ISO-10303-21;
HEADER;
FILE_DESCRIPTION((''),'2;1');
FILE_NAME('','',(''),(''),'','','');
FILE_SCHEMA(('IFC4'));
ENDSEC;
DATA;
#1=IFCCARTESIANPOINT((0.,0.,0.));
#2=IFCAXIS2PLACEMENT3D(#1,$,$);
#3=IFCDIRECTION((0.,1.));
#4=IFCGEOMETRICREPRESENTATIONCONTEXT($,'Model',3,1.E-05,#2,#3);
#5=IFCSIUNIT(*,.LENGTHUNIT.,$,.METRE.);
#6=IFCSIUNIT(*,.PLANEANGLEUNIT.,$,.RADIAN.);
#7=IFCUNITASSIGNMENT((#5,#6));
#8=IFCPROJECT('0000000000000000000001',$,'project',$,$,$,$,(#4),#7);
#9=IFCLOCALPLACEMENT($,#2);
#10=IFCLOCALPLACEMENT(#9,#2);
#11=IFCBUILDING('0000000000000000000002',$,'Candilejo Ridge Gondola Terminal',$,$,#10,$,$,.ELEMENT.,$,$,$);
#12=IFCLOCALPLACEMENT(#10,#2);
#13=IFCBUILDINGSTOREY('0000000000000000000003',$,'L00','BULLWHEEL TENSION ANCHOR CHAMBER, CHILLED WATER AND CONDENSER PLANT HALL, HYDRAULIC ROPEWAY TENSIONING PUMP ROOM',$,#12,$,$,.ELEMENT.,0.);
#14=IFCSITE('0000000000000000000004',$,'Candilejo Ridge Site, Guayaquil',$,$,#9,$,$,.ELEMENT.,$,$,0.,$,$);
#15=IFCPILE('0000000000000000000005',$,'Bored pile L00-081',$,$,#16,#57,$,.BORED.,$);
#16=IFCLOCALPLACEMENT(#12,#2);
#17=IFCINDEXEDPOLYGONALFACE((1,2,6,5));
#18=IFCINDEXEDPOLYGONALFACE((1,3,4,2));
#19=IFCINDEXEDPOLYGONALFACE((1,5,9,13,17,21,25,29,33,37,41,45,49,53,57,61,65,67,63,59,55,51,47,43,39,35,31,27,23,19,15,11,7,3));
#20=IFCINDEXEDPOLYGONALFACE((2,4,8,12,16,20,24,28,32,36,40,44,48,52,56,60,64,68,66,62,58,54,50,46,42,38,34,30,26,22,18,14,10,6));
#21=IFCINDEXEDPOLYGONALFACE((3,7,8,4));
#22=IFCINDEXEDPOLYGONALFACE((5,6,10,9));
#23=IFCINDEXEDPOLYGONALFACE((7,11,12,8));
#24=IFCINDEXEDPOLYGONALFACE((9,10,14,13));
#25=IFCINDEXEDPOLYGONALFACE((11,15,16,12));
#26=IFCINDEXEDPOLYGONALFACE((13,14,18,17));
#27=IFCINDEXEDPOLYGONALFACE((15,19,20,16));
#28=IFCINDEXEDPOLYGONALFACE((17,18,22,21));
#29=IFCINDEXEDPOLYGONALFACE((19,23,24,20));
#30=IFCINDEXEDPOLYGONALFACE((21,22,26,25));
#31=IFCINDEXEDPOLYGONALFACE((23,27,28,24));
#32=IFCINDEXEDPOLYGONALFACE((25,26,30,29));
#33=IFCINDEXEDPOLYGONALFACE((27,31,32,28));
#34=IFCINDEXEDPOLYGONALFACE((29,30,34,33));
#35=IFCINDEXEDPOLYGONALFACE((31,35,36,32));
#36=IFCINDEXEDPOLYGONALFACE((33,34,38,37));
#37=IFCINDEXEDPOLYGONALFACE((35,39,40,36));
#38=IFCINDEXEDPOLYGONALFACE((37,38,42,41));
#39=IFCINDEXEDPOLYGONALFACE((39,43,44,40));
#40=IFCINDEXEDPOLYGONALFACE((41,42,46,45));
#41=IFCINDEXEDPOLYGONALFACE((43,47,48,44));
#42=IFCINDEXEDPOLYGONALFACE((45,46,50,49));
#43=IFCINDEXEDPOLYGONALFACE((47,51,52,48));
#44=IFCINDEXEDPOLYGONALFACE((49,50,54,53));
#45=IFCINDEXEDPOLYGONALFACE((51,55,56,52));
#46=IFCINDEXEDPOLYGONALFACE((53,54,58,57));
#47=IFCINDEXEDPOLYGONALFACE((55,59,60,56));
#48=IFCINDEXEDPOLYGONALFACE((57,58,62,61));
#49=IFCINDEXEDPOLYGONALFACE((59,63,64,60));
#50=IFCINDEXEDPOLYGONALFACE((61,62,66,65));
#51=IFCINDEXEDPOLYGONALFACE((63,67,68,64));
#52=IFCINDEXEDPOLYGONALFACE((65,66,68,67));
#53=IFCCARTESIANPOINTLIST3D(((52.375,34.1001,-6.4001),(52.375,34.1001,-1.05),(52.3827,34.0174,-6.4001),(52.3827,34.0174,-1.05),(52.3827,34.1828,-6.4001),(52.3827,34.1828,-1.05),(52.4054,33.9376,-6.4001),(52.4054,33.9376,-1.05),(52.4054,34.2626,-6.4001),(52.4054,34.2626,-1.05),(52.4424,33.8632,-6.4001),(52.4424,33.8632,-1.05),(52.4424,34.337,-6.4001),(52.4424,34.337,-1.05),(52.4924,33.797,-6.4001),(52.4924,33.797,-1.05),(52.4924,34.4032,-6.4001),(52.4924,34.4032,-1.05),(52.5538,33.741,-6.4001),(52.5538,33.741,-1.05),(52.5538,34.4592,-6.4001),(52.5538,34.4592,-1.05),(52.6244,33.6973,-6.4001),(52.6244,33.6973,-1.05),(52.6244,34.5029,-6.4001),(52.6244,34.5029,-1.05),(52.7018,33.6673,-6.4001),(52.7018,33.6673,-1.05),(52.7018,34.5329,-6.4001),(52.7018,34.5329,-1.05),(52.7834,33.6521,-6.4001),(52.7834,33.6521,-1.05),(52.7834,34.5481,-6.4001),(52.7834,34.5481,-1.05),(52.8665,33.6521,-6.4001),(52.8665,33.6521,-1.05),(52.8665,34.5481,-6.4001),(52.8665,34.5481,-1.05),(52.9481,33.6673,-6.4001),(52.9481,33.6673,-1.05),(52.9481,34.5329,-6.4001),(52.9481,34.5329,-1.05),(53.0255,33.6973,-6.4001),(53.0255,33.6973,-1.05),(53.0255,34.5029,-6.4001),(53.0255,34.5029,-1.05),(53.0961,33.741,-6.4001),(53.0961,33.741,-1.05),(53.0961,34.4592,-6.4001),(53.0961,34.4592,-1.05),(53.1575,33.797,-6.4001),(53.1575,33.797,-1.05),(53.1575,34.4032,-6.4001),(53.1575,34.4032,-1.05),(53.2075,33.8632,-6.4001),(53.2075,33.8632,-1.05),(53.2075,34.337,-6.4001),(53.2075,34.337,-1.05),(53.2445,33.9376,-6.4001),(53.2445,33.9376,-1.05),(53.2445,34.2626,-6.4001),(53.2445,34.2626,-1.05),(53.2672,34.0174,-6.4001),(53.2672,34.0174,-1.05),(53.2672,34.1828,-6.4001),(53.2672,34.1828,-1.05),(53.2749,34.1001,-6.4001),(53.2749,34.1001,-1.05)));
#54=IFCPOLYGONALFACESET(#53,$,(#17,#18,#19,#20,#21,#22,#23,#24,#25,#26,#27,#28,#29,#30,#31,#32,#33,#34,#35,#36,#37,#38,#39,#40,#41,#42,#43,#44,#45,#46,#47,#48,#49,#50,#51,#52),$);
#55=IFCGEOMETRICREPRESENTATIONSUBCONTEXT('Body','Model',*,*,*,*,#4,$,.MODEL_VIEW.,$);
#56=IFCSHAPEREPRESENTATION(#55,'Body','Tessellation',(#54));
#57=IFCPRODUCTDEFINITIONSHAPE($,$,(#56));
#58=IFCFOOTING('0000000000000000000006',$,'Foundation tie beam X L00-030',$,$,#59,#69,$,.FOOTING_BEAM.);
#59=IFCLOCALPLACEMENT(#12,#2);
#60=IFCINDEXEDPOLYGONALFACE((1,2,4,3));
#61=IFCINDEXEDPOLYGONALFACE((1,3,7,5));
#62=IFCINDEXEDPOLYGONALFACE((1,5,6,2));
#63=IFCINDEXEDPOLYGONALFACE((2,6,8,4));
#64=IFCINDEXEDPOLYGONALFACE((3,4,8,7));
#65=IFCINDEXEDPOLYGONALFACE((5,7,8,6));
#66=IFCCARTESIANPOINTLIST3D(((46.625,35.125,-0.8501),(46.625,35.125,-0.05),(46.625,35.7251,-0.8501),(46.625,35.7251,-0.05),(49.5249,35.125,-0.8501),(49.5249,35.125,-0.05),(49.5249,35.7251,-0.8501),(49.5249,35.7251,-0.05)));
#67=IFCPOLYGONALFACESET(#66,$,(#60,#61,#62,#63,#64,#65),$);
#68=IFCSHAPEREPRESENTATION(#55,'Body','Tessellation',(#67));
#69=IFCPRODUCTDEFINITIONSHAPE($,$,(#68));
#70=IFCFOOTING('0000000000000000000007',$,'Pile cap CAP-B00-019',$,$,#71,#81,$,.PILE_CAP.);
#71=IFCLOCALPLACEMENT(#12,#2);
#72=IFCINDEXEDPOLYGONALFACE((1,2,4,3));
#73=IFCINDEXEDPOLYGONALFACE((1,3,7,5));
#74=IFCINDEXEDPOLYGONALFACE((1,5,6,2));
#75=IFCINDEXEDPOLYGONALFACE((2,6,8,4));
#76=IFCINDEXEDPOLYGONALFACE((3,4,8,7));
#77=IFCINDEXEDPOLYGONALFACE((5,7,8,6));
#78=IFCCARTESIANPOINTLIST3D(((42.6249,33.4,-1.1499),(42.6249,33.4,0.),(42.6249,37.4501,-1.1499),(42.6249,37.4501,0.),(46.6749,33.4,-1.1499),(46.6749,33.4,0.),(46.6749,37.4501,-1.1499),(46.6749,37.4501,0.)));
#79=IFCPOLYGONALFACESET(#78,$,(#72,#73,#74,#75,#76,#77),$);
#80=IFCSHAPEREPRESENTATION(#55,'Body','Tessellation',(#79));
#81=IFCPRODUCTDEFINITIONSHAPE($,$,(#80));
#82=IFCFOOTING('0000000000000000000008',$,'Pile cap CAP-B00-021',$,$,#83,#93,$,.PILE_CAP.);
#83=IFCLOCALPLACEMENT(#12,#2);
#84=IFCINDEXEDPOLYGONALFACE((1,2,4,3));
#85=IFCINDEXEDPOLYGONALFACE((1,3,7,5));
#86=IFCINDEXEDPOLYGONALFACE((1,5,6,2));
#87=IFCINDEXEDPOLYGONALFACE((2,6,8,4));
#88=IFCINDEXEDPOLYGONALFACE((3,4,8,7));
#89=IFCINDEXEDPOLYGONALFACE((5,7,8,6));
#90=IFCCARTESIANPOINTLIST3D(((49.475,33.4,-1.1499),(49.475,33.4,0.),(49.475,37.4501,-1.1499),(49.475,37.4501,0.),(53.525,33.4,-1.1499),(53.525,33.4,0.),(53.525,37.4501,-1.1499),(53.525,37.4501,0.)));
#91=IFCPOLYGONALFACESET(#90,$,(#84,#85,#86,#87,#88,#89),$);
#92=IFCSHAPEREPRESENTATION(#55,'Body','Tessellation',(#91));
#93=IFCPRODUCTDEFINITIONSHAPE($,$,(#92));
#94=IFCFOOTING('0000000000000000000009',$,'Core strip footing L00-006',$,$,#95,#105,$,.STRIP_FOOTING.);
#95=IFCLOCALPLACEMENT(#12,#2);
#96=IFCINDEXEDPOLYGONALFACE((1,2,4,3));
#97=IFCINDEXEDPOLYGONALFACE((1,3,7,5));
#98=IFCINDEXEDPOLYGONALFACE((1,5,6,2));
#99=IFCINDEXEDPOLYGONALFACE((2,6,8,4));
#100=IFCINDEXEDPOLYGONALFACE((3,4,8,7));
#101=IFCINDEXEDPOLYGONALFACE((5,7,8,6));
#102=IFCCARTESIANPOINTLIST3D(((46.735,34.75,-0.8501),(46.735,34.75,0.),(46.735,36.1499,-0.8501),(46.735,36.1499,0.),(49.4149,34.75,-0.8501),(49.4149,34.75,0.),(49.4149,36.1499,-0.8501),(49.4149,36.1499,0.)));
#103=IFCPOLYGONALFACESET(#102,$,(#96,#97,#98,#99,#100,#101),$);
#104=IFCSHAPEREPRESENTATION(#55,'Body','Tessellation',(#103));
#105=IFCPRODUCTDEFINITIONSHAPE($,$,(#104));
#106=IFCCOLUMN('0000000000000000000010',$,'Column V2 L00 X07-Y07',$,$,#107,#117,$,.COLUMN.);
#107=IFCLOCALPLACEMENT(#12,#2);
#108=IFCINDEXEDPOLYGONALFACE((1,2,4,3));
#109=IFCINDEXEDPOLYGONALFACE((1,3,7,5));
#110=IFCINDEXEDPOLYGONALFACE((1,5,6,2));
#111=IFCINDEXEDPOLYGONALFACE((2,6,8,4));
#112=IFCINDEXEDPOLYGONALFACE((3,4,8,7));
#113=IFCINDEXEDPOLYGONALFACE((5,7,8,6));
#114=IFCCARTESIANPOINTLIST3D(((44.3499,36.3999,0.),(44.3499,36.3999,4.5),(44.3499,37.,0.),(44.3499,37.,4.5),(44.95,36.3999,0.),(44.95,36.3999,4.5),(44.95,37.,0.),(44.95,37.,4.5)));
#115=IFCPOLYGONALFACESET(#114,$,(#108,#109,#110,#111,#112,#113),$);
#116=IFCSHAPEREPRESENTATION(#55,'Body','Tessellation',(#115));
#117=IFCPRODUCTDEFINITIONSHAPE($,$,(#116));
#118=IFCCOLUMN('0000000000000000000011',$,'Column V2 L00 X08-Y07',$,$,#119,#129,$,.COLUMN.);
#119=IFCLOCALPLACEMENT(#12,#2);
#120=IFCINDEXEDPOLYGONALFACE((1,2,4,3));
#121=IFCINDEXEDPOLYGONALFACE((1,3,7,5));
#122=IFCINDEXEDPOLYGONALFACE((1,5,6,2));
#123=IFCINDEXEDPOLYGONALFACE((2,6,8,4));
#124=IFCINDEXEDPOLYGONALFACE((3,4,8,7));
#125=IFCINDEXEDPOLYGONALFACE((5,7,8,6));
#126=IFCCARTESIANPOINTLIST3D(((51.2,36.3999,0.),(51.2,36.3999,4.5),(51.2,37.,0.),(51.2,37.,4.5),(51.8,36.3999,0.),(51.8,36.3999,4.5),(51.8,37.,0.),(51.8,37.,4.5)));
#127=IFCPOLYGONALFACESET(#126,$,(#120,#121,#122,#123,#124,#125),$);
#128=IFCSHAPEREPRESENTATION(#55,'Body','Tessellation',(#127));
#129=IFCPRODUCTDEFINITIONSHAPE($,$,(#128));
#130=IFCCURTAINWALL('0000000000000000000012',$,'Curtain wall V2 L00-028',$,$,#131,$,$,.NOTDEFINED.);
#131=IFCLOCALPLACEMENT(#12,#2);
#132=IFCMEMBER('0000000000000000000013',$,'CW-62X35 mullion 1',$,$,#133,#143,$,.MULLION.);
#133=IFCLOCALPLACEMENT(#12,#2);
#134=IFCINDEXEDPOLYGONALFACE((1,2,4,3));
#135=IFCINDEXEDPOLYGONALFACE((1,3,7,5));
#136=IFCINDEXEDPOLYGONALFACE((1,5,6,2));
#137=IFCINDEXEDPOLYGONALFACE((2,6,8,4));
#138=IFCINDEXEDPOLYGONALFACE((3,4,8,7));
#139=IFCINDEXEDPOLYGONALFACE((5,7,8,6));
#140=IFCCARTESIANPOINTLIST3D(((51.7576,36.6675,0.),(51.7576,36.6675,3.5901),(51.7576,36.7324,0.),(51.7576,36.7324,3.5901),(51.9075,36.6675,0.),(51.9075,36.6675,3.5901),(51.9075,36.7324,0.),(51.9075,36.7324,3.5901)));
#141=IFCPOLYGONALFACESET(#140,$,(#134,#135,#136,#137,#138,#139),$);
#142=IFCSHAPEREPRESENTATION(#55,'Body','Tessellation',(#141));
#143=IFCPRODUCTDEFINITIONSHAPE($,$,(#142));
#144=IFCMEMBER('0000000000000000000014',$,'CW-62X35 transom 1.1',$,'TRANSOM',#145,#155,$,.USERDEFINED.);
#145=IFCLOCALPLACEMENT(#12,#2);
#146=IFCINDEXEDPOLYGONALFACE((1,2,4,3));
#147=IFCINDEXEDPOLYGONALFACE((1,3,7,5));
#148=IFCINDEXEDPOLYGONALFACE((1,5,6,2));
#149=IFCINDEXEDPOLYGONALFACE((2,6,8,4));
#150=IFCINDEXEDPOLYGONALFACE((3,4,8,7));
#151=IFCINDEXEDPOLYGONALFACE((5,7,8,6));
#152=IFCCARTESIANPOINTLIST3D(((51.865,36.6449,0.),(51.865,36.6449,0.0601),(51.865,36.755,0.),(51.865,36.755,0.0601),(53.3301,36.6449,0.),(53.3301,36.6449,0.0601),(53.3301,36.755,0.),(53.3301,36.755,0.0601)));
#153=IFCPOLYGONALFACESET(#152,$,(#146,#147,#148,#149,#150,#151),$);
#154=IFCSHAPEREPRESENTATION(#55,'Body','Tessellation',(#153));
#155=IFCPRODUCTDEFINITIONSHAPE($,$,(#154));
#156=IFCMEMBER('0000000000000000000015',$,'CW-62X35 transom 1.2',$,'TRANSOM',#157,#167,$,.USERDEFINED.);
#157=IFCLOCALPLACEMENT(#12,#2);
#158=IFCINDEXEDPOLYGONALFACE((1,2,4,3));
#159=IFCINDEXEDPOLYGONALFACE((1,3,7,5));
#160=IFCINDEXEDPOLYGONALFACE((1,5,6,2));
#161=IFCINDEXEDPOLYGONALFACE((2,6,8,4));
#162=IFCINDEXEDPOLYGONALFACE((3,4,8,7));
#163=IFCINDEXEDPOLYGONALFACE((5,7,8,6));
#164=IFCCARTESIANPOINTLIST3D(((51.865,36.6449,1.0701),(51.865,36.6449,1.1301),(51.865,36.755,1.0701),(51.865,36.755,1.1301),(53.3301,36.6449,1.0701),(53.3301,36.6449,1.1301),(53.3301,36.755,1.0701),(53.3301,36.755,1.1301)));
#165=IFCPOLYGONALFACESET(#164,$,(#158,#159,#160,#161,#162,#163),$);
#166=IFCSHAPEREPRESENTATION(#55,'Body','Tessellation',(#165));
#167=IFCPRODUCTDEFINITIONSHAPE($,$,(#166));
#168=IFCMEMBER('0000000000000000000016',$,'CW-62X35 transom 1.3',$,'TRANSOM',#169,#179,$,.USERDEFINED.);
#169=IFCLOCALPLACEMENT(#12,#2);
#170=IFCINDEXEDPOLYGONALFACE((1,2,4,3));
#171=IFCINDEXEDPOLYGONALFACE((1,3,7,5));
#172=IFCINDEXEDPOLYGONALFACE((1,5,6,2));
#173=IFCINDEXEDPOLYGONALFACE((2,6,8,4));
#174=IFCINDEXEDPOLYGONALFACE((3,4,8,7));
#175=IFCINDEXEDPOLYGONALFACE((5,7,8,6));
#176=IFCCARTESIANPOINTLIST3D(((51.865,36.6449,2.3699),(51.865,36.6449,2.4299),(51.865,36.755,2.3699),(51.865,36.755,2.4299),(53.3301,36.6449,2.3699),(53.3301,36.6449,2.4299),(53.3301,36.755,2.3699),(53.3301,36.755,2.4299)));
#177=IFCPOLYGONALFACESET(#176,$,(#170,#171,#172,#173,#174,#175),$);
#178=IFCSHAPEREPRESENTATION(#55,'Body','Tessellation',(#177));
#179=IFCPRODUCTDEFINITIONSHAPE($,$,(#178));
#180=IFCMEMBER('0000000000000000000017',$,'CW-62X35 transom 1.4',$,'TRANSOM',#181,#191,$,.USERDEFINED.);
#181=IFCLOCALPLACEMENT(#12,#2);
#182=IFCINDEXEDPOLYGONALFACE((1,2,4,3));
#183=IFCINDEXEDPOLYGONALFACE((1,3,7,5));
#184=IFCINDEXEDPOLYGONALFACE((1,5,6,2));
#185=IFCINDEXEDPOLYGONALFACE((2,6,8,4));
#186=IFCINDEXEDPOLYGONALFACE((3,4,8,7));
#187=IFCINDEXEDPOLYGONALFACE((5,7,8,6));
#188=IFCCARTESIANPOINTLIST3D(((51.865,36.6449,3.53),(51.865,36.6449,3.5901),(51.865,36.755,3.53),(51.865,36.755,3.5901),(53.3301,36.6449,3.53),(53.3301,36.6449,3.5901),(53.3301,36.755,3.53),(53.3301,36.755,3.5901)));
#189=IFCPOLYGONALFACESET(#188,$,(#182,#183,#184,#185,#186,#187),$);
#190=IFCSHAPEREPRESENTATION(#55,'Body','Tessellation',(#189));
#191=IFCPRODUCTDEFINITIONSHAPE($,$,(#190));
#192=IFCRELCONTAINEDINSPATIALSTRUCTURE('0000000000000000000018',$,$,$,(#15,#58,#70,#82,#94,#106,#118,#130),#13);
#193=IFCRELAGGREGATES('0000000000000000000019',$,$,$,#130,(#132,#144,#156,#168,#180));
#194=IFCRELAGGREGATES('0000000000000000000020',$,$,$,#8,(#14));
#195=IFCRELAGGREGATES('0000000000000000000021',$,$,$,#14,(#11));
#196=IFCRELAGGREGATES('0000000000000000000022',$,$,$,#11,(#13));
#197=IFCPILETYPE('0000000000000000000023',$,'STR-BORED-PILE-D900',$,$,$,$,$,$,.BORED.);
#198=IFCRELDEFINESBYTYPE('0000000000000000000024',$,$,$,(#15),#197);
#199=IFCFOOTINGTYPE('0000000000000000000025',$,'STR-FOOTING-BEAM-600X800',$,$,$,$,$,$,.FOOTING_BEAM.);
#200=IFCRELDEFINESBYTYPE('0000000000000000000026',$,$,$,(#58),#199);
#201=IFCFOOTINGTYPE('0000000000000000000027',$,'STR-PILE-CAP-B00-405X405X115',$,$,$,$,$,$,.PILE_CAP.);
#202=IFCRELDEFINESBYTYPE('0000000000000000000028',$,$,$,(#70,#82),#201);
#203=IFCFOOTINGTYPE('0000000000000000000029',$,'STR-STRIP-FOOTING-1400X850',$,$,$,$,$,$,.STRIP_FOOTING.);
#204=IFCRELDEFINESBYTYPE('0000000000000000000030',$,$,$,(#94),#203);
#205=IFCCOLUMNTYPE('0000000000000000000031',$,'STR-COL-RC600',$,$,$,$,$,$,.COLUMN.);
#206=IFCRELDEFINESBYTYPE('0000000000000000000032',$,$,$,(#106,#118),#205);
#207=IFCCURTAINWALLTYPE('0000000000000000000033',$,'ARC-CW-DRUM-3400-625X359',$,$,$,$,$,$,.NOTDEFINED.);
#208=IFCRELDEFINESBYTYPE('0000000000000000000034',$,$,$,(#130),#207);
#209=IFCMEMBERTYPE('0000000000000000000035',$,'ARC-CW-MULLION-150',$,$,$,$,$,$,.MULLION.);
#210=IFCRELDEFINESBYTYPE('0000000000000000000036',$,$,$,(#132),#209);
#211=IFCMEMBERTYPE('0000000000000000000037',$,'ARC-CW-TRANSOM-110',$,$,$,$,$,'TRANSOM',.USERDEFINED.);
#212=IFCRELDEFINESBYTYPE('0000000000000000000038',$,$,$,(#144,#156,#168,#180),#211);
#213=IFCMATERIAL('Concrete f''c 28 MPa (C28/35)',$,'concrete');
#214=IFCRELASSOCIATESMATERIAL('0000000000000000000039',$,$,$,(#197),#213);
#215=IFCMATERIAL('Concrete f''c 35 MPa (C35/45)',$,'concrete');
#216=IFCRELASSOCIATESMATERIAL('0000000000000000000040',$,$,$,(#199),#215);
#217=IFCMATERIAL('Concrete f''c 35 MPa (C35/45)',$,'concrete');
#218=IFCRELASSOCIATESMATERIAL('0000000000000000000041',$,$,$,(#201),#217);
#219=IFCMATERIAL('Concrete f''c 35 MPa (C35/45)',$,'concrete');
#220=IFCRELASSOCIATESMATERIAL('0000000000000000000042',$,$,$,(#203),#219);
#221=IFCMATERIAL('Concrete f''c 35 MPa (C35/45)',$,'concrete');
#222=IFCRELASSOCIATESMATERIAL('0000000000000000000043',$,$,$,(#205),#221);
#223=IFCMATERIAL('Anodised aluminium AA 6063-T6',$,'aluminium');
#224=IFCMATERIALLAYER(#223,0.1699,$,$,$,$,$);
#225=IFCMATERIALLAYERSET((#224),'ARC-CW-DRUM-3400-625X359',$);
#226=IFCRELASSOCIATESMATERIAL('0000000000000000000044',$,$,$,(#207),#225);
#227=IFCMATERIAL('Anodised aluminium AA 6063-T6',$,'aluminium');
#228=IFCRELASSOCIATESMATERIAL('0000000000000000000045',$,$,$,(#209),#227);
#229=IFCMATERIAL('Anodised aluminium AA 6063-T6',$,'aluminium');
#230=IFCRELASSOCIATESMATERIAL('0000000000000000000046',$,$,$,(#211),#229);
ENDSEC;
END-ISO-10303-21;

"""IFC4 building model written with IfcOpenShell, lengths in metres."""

from ifc_helpers import new_model, si_unit, direction, frame, origin, origin_2d, place, context, subcontext, project, spatial, rectangle, circle, extrude, material, layer, layer_set, material_profile, profile_set, type_object, element, aggregate, save


model = new_model("IFC4")

# Units and contexts
model_context = context("Model", 3, precision=1e-05, world=origin(), true_north=direction((0.0, 1.0)))
body_context = subcontext(model_context, "Body", "Model", "MODEL_VIEW")
ifc_project = project(units=[si_unit("LENGTHUNIT", "METRE"), si_unit("PLANEANGLEUNIT", "RADIAN")], contexts=[model_context])

# Site, building, storey
site_placement = place(None, origin())
site = spatial("IfcSite", under=ifc_project, at=site_placement, Name="Candilejo Ridge Site, Guayaquil", CompositionType="ELEMENT", RefElevation=0.0)
building_placement = place(site_placement, origin())
building = spatial("IfcBuilding", under=site, at=building_placement, Name="Candilejo Ridge Gondola Terminal", CompositionType="ELEMENT")
storey_placement = place(building_placement, origin())
storey = spatial("IfcBuildingStorey", under=building, at=storey_placement, Name="L00", Description="BULLWHEEL TENSION ANCHOR CHAMBER, CHILLED WATER AND CONDENSER PLANT HALL, HYDRAULIC ROPEWAY TENSIONING PUMP ROOM", CompositionType="ELEMENT", Elevation=0.0)

# Pile
ifc_material_1 = material(Name="Concrete f'c 28 MPa (C28/35)", Category="concrete")
ifc_material_profile_1 = material_profile(ifc_material_1, circle(Radius=0.45, at=origin_2d()))
ifc_profile_set_1 = profile_set([ifc_material_profile_1], Name="Concrete f'c 28 MPa (C28/35)")
pile_type = type_object("IfcPileType", Name="STR-BORED-PILE-D900", PredefinedType="BORED", material=ifc_profile_set_1)
for number, where, z_axis, x_axis, name in (
    (1, (52.825, 34.1001, -1.05), (0.0, 0.0, -1.0), (1.0, 0.0, 0.0), "Bored pile L00-081"),
):
    element("IfcPile", number, at=place(storey_placement, frame(where, z_axis=z_axis, x_axis=x_axis)), inside=storey, type_object=pile_type, Name=name, PredefinedType="BORED", context=body_context, shape_type="SweptSolid", body=[
        extrude(circle(Radius=0.45, at=origin_2d()), origin(), (0.0, 0.0, 1.0), 5.3501),
    ])

# Footings
ifc_material_2 = material(Name="Concrete f'c 35 MPa (C35/45)", Category="concrete")
footing_type_1 = type_object("IfcFootingType", Name="STR-FOOTING-BEAM-600X800", PredefinedType="FOOTING_BEAM", material=ifc_material_2)
footing_1_placement = place(storey_placement, frame((48.075, 35.425, -0.8501), z_axis=(0.0, 0.0, 1.0), x_axis=(1.0, 0.0, 0.0)))
element("IfcFooting", 2, at=footing_1_placement, inside=storey, type_object=footing_type_1, Name="Foundation tie beam X L00-030", PredefinedType="FOOTING_BEAM", context=body_context, shape_type="SweptSolid", body=[
    extrude(rectangle(XDim=2.8999, YDim=0.6001, at=origin_2d()), origin(), (0.0, 0.0, 1.0), 0.8),
])
ifc_material_3 = material(Name="Concrete f'c 35 MPa (C35/45)", Category="concrete")
footing_type_2 = type_object("IfcFootingType", Name="STR-PILE-CAP-B00-405X405X115", PredefinedType="PILE_CAP", material=ifc_material_3)
for number, where, z_axis, x_axis, name in (
    (3, (44.6499, 35.425, -1.1499), (0.0, 0.0, 1.0), (1.0, 0.0, 0.0), "Pile cap CAP-B00-019"),
    (4, (51.5, 35.425, -1.1499), (0.0, 0.0, 1.0), (1.0, 0.0, 0.0), "Pile cap CAP-B00-021"),
):
    element("IfcFooting", number, at=place(storey_placement, frame(where, z_axis=z_axis, x_axis=x_axis)), inside=storey, type_object=footing_type_2, Name=name, PredefinedType="PILE_CAP", context=body_context, shape_type="SweptSolid", body=[
        extrude(rectangle(XDim=4.05, YDim=4.05, at=origin_2d()), origin(), (0.0, 0.0, 1.0), 1.1499),
    ])
ifc_material_4 = material(Name="Concrete f'c 35 MPa (C35/45)", Category="concrete")
footing_type_3 = type_object("IfcFootingType", Name="STR-STRIP-FOOTING-1400X850", PredefinedType="STRIP_FOOTING", material=ifc_material_4)
footing_2_placement = place(storey_placement, frame((48.075, 35.45, -0.8501), z_axis=(0.0, 0.0, 1.0), x_axis=(1.0, 0.0, 0.0)))
element("IfcFooting", 5, at=footing_2_placement, inside=storey, type_object=footing_type_3, Name="Core strip footing L00-006", PredefinedType="STRIP_FOOTING", context=body_context, shape_type="SweptSolid", body=[
    extrude(rectangle(XDim=2.6799, YDim=1.3999, at=origin_2d()), origin(), (0.0, 0.0, 1.0), 0.8501),
])

# Columns
ifc_material_5 = material(Name="Concrete f'c 35 MPa (C35/45)", Category="concrete")
ifc_material_profile_2 = material_profile(ifc_material_5, rectangle(XDim=0.6001, YDim=0.6001, at=origin_2d()))
ifc_profile_set_2 = profile_set([ifc_material_profile_2], Name="Concrete f'c 35 MPa (C35/45)")
column_type = type_object("IfcColumnType", Name="STR-COL-RC600", PredefinedType="COLUMN", material=ifc_profile_set_2)
for number, where, z_axis, x_axis, name in (
    (6, (44.6499, 36.7, 0.0), (0.0, 0.0, 1.0), (1.0, 0.0, 0.0), "Column V2 L00 X07-Y07"),
    (7, (51.5, 36.7, 0.0), (0.0, 0.0, 1.0), (1.0, 0.0, 0.0), "Column V2 L00 X08-Y07"),
):
    element("IfcColumn", number, at=place(storey_placement, frame(where, z_axis=z_axis, x_axis=x_axis)), inside=storey, type_object=column_type, Name=name, PredefinedType="COLUMN", context=body_context, shape_type="SweptSolid", body=[
        extrude(rectangle(XDim=0.6001, YDim=0.6001, at=origin_2d()), origin(), (0.0, 0.0, 1.0), 4.5),
    ])

# Curtain wall, members
ifc_material_6 = material(Name="Anodised aluminium AA 6063-T6", Category="aluminium")
ifc_layer_1 = layer(ifc_material_6, 0.1699)
ifc_layer_set_1 = layer_set([ifc_layer_1], Name="ARC-CW-DRUM-3400-625X359")
curtain_wall_type = type_object("IfcCurtainWallType", Name="ARC-CW-DRUM-3400-625X359", PredefinedType="NOTDEFINED", material=ifc_layer_set_1)
curtain_wall_placement = place(storey_placement, origin())
curtain_wall = element("IfcCurtainWall", 8, at=curtain_wall_placement, inside=storey, type_object=curtain_wall_type, Name="Curtain wall V2 L00-028", PredefinedType="NOTDEFINED")
ifc_material_7 = material(Name="Anodised aluminium AA 6063-T6", Category="aluminium")
ifc_material_profile_3 = material_profile(ifc_material_7, rectangle(XDim=0.0649, YDim=0.1499, at=origin_2d()))
ifc_profile_set_3 = profile_set([ifc_material_profile_3], Name="Anodised aluminium AA 6063-T6")
member_type_1 = type_object("IfcMemberType", Name="ARC-CW-MULLION-150", PredefinedType="MULLION", material=ifc_profile_set_3)
member_1_placement = place(storey_placement, frame((51.8325, 36.7, 0.0), z_axis=(0.0, 0.0, 1.0), x_axis=(0.0, 1.0, 0.0)))
member_1 = element("IfcMember", 9, at=member_1_placement, type_object=member_type_1, Name="CW-62X35 mullion 1", PredefinedType="MULLION", context=body_context, shape_type="SweptSolid", body=[
    extrude(rectangle(XDim=0.0649, YDim=0.1499, at=origin_2d()), origin(), (0.0, 0.0, 1.0), 3.5901),
])
ifc_material_8 = material(Name="Anodised aluminium AA 6063-T6", Category="aluminium")
ifc_material_profile_4 = material_profile(ifc_material_8, rectangle(XDim=0.1101, YDim=0.0601, at=origin_2d()))
ifc_profile_set_4 = profile_set([ifc_material_profile_4], Name="Anodised aluminium AA 6063-T6")
member_type_2 = type_object("IfcMemberType", Name="ARC-CW-TRANSOM-110", ElementType="TRANSOM", PredefinedType="USERDEFINED", material=ifc_profile_set_4)
member_2_placement = place(storey_placement, frame((51.865, 36.7, 0.03), z_axis=(1.0, 0.0, 0.0), x_axis=(0.0, 1.0, 0.0)))
member_2 = element("IfcMember", 10, at=member_2_placement, type_object=member_type_2, Name="CW-62X35 transom 1.1", ObjectType="TRANSOM", PredefinedType="USERDEFINED", context=body_context, shape_type="SweptSolid", body=[
    extrude(rectangle(XDim=0.1101, YDim=0.0601, at=origin_2d()), origin(), (0.0, 0.0, 1.0), 1.4651),
])
member_3_placement = place(storey_placement, frame((51.865, 36.7, 1.1001), z_axis=(1.0, 0.0, 0.0), x_axis=(0.0, 1.0, 0.0)))
member_3 = element("IfcMember", 11, at=member_3_placement, type_object=member_type_2, Name="CW-62X35 transom 1.2", ObjectType="TRANSOM", PredefinedType="USERDEFINED", context=body_context, shape_type="SweptSolid", body=[
    extrude(rectangle(XDim=0.1101, YDim=0.0601, at=origin_2d()), origin(), (0.0, 0.0, 1.0), 1.4651),
])
member_4_placement = place(storey_placement, frame((51.865, 36.7, 2.3999), z_axis=(1.0, 0.0, 0.0), x_axis=(0.0, 1.0, 0.0)))
member_4 = element("IfcMember", 12, at=member_4_placement, type_object=member_type_2, Name="CW-62X35 transom 1.3", ObjectType="TRANSOM", PredefinedType="USERDEFINED", context=body_context, shape_type="SweptSolid", body=[
    extrude(rectangle(XDim=0.1101, YDim=0.0601, at=origin_2d()), origin(), (0.0, 0.0, 1.0), 1.4651),
])
member_5_placement = place(storey_placement, frame((51.865, 36.7, 3.5601), z_axis=(1.0, 0.0, 0.0), x_axis=(0.0, 1.0, 0.0)))
member_5 = element("IfcMember", 13, at=member_5_placement, type_object=member_type_2, Name="CW-62X35 transom 1.4", ObjectType="TRANSOM", PredefinedType="USERDEFINED", context=body_context, shape_type="SweptSolid", body=[
    extrude(rectangle(XDim=0.1101, YDim=0.0601, at=origin_2d()), origin(), (0.0, 0.0, 1.0), 1.4651),
])

aggregate(curtain_wall, [member_1, member_2, member_3, member_4, member_5])

save(model, "model.ifc")
